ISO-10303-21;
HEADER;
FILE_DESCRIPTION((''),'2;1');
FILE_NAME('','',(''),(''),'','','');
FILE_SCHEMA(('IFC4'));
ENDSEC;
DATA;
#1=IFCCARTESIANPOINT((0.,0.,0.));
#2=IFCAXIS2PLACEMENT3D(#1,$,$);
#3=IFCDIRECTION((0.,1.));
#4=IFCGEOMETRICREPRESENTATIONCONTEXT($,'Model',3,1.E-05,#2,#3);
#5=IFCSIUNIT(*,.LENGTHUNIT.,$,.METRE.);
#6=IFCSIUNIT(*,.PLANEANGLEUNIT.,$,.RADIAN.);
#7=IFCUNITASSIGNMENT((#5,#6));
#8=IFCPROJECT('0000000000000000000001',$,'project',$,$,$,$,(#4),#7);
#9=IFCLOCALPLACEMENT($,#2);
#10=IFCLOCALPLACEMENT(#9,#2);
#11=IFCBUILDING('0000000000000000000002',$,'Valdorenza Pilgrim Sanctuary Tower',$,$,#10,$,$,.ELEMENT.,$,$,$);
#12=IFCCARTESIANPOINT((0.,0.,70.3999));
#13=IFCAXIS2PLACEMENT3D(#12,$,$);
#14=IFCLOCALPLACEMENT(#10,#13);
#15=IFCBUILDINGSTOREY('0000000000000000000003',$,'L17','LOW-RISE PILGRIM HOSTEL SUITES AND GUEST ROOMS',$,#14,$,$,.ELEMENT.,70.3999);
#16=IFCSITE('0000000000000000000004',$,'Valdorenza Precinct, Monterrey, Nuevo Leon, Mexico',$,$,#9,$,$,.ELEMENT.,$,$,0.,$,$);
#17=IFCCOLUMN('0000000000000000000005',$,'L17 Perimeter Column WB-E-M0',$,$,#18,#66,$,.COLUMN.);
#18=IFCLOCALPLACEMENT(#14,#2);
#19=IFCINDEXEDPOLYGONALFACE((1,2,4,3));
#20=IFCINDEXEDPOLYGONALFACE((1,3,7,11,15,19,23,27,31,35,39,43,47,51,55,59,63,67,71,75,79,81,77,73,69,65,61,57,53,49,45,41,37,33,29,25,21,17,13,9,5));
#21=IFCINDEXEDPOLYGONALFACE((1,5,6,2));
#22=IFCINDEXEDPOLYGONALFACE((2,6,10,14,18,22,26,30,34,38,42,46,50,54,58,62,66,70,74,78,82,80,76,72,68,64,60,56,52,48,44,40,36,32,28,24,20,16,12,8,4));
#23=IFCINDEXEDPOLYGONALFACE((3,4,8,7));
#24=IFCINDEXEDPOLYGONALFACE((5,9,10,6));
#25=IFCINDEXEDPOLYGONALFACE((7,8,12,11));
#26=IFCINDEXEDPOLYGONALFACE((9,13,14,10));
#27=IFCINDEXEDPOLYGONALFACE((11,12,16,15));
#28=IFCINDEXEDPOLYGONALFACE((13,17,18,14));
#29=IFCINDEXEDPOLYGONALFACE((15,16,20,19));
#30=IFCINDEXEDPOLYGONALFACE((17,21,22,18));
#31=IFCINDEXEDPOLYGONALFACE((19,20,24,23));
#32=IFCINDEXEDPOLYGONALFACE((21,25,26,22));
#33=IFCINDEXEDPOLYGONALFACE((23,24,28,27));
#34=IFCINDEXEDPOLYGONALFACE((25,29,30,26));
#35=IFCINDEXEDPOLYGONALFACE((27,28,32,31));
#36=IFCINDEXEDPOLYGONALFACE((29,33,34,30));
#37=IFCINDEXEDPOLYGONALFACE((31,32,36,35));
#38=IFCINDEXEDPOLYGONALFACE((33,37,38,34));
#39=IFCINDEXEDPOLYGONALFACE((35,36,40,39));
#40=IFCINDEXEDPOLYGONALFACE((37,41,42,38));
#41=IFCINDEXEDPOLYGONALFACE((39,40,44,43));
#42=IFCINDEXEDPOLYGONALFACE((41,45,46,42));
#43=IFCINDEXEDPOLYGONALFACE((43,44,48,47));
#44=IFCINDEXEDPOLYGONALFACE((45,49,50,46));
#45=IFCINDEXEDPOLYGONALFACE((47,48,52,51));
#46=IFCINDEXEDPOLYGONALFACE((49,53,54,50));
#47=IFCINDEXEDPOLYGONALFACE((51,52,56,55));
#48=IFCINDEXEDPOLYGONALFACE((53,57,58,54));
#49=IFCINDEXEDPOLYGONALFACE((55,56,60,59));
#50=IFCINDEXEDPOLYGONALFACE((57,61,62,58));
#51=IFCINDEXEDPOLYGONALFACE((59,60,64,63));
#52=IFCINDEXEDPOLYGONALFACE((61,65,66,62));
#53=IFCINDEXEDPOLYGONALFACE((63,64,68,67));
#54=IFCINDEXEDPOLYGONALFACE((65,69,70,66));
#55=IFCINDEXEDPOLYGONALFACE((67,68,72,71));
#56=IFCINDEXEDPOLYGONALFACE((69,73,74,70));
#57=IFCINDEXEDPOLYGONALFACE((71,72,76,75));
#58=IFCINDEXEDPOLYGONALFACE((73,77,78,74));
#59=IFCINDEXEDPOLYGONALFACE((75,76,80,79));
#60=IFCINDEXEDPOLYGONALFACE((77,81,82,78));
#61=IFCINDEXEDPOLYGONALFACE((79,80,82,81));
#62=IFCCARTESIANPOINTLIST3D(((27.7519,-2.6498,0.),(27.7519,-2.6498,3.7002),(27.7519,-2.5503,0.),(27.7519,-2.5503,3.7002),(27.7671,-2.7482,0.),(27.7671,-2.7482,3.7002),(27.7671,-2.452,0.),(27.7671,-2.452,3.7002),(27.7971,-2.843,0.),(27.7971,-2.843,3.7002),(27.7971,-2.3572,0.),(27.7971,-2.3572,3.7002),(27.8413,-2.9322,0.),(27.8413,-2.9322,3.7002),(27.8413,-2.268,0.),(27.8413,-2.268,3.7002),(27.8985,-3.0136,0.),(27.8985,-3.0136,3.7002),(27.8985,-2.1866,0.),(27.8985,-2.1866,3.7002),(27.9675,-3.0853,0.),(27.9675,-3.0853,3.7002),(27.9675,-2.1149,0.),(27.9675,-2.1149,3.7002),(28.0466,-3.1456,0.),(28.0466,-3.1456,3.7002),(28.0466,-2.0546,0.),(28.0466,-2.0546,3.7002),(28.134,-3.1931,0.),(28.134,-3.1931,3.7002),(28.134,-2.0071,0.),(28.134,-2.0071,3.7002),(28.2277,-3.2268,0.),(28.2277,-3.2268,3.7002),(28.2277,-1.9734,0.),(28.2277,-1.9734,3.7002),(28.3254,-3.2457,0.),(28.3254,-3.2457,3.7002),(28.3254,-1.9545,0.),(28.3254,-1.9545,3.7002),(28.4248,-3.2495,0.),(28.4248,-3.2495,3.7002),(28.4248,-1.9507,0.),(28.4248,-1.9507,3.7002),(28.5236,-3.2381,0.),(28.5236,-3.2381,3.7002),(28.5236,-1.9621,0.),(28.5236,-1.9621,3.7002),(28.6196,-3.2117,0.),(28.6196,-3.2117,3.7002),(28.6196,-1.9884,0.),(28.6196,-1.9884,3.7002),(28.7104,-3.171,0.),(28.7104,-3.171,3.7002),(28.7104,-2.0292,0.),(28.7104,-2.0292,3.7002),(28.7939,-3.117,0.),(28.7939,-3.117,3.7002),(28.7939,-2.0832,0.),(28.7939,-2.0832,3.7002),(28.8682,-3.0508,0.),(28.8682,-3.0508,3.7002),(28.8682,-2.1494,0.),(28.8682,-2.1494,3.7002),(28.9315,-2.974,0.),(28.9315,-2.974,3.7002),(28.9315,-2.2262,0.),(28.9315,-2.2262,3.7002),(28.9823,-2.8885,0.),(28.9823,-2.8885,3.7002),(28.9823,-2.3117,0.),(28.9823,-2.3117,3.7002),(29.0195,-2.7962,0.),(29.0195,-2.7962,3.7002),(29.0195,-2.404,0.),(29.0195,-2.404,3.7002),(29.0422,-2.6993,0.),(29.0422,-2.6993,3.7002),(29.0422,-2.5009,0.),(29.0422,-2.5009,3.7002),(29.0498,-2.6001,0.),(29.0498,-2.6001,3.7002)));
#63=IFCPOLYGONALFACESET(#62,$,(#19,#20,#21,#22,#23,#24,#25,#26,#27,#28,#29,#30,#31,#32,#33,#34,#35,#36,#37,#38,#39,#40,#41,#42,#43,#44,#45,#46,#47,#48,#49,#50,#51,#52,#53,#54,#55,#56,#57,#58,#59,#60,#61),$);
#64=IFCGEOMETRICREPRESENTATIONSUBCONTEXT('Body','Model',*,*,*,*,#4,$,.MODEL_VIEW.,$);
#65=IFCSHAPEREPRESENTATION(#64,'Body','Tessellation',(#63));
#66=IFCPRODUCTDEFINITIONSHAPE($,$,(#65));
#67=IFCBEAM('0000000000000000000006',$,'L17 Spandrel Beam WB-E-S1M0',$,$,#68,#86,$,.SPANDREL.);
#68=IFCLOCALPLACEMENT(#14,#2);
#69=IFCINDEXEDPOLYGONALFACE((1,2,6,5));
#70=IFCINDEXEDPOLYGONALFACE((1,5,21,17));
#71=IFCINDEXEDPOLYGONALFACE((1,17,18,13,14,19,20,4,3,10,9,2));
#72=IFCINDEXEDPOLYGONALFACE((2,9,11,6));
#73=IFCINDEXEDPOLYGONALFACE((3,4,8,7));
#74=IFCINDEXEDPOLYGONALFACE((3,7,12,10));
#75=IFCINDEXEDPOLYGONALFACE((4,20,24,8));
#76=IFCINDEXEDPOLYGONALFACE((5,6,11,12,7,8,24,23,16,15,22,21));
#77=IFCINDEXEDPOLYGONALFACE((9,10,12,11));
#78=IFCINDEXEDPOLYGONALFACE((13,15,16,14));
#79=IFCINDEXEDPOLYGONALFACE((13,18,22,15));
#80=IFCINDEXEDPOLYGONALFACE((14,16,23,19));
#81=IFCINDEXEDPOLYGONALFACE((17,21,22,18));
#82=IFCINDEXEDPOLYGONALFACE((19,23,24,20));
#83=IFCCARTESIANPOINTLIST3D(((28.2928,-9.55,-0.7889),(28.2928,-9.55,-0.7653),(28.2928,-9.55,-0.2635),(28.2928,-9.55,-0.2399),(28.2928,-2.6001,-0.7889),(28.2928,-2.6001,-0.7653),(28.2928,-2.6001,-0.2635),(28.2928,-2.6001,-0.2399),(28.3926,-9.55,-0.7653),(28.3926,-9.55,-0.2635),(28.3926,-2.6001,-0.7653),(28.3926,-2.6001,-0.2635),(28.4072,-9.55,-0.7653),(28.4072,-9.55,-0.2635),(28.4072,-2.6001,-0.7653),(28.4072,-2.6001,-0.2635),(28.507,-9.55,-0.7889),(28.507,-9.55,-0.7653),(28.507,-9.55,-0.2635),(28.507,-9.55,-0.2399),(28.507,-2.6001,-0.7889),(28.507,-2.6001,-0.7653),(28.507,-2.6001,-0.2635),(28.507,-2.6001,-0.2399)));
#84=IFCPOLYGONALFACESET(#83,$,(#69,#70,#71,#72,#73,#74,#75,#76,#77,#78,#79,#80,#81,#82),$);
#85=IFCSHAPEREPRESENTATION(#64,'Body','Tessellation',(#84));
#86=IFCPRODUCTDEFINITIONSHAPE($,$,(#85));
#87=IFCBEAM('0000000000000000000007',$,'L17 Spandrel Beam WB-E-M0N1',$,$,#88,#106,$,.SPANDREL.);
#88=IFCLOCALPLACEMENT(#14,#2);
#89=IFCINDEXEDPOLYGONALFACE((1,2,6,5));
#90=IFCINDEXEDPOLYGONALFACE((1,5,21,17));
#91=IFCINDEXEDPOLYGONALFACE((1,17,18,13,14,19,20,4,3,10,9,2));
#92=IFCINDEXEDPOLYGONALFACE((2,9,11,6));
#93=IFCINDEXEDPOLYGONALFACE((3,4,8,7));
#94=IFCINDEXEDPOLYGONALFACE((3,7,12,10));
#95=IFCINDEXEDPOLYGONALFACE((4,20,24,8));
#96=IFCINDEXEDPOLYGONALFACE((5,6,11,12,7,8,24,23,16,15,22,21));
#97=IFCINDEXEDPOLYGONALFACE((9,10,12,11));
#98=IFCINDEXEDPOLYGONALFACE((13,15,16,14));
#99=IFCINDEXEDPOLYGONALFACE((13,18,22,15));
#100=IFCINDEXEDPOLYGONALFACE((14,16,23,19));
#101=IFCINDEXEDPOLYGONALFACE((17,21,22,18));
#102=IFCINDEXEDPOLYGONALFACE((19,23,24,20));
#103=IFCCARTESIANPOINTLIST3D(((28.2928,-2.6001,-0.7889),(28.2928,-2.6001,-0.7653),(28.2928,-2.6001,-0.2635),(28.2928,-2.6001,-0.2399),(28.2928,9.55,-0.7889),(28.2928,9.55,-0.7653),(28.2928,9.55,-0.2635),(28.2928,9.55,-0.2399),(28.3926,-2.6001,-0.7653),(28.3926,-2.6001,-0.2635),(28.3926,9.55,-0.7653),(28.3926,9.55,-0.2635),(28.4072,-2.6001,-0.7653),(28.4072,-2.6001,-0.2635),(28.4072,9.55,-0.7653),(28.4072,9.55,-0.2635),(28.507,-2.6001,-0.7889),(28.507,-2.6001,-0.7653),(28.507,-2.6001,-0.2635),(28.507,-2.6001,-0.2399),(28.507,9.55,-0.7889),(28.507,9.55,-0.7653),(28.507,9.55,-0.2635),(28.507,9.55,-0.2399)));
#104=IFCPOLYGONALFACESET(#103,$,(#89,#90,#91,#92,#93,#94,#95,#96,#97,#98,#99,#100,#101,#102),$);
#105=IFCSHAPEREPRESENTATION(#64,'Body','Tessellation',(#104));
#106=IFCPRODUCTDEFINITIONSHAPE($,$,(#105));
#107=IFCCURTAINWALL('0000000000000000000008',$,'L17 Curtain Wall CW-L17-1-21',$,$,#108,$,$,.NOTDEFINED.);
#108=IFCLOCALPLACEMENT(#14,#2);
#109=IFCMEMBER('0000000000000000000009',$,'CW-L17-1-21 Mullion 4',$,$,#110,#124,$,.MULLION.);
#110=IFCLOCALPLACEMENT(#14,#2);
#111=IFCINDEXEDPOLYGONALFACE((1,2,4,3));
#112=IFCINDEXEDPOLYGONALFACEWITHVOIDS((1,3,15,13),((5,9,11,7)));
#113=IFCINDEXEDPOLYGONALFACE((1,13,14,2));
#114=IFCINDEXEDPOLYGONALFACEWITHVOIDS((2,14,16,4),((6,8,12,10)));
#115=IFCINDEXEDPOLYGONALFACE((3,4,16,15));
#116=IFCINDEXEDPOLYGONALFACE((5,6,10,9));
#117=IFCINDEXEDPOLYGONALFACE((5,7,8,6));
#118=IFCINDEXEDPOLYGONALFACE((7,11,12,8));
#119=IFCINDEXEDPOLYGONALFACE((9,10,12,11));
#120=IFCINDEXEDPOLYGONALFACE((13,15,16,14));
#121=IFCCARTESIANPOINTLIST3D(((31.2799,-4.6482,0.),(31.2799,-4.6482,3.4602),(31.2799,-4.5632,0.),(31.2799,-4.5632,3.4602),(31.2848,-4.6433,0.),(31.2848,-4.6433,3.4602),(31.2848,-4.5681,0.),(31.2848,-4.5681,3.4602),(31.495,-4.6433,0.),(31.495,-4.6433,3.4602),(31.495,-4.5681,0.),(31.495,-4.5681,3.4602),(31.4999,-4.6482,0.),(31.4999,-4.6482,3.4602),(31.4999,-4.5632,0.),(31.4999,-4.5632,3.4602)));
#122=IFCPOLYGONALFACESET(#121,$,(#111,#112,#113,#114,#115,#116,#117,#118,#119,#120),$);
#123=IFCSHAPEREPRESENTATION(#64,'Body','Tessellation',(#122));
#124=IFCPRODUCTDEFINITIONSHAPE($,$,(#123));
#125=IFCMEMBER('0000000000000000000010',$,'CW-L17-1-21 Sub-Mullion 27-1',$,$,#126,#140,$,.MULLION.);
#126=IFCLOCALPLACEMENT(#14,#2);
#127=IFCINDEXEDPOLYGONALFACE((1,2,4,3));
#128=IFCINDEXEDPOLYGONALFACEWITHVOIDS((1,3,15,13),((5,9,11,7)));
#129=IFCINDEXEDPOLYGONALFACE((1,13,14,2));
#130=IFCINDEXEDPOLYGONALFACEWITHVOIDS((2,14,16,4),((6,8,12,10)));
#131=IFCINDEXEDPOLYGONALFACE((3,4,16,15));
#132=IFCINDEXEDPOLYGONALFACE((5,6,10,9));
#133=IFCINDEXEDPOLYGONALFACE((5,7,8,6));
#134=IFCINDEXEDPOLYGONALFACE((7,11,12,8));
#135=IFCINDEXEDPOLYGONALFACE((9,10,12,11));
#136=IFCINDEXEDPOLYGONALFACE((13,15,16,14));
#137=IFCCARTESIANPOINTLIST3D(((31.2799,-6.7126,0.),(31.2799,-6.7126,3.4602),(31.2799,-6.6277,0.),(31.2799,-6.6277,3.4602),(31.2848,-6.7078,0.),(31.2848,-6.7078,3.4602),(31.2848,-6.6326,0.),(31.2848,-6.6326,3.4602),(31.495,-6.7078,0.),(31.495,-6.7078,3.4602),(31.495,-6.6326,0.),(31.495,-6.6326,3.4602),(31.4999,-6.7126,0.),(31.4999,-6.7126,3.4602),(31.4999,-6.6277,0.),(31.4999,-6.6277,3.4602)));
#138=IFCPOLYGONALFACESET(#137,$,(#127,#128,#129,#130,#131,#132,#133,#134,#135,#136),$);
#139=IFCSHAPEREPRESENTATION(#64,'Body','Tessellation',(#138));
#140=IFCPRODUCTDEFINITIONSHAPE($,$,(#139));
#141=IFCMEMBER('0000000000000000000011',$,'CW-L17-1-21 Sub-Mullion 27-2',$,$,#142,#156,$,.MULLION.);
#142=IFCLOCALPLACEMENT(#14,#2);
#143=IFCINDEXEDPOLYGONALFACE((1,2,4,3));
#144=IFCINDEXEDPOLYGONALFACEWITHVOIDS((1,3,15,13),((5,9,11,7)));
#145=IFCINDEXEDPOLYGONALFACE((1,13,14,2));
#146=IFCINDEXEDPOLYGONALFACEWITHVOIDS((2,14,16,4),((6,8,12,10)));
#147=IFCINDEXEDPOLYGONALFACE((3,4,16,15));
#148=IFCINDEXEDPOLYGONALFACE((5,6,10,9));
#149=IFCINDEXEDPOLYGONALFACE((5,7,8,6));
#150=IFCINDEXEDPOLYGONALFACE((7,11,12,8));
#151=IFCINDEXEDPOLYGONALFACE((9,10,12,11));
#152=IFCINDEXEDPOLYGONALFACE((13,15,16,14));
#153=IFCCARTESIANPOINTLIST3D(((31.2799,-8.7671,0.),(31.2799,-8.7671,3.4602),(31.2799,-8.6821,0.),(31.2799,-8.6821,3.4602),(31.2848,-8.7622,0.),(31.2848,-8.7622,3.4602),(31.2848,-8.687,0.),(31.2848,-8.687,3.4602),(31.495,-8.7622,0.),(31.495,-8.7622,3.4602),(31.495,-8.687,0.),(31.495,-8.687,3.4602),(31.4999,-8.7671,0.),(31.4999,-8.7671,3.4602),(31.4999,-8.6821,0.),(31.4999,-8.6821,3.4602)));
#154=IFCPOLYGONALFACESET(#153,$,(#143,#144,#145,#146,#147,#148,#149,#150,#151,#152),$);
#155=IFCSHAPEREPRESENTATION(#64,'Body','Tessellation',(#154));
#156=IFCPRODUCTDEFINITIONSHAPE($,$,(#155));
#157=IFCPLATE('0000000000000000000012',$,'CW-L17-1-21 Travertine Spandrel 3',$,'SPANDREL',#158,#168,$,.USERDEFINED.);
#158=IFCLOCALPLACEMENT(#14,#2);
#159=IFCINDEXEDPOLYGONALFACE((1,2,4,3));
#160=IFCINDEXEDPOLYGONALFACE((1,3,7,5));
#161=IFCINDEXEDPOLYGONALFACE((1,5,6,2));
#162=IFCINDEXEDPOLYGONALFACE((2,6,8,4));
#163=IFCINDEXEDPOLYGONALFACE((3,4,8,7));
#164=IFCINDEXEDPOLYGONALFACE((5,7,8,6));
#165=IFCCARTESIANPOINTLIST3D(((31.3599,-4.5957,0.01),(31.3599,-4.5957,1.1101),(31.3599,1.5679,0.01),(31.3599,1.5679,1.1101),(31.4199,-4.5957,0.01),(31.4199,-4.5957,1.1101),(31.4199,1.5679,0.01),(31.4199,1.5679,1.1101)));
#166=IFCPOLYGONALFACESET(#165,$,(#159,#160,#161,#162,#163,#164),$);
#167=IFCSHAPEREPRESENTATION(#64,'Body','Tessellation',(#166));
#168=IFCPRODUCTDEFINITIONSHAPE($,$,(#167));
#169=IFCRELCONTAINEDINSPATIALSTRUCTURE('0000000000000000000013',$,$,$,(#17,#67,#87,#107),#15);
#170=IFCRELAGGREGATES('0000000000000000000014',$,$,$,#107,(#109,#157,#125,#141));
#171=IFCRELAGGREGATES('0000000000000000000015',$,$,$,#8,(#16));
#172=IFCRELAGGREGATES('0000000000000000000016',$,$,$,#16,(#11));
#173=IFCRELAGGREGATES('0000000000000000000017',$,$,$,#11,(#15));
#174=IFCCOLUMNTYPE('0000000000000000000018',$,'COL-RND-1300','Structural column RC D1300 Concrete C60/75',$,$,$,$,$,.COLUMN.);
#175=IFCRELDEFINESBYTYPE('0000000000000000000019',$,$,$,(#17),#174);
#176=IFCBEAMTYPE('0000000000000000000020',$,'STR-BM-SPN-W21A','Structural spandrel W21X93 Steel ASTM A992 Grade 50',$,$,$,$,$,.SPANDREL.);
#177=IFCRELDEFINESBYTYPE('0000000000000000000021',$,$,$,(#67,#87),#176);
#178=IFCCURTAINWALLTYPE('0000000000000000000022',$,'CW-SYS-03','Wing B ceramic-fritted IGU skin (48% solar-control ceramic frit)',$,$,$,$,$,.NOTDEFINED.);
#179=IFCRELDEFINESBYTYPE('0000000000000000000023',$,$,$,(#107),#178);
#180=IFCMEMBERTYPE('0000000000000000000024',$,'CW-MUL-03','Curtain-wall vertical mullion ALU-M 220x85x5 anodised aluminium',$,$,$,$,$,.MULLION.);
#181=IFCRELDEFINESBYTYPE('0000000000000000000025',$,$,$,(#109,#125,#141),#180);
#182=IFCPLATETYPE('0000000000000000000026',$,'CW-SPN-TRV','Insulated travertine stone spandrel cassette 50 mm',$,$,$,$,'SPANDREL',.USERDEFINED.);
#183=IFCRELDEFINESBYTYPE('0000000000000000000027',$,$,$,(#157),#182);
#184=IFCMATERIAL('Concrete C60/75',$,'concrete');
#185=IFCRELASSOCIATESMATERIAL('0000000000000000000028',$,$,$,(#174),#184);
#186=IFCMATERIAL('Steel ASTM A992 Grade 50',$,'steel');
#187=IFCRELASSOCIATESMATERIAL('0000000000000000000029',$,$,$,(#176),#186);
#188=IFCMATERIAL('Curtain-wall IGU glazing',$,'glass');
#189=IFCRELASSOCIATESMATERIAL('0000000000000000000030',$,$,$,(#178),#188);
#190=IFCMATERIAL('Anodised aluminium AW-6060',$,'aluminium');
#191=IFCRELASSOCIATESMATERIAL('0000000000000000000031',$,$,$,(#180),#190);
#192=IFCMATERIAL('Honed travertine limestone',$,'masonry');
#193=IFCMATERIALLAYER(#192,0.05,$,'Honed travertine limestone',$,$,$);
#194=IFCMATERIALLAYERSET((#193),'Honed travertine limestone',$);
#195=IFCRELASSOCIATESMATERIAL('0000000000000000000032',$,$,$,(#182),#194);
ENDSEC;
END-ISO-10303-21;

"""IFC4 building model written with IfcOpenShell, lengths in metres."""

from ifc_helpers import new_model, si_unit, direction, frame, origin, origin_2d, place, context, subcontext, project, spatial, rectangle, hollow_rectangle, circle, i_section, extrude, source, transform, mapped, material, layer, layer_set, material_profile, profile_set, type_object, element, aggregate, save


model = new_model("IFC4")

# Units and contexts
model_context = context("Model", 3, precision=1e-05, world=origin(), true_north=direction((0.0, 1.0)))
body_context = subcontext(model_context, "Body", "Model", "MODEL_VIEW")
ifc_project = project(units=[si_unit("LENGTHUNIT", "METRE"), si_unit("PLANEANGLEUNIT", "RADIAN")], contexts=[model_context])

# Site, building, storey
site_placement = place(None, origin())
site = spatial("IfcSite", under=ifc_project, at=site_placement, Name="Valdorenza Precinct, Monterrey, Nuevo Leon, Mexico", CompositionType="ELEMENT", RefElevation=0.0)
building_placement = place(site_placement, origin())
building = spatial("IfcBuilding", under=site, at=building_placement, Name="Valdorenza Pilgrim Sanctuary Tower", CompositionType="ELEMENT")
storey_placement = place(building_placement, frame((0.0, 0.0, 70.3999)))
storey = spatial("IfcBuildingStorey", under=building, at=storey_placement, Name="L17", Description="LOW-RISE PILGRIM HOSTEL SUITES AND GUEST ROOMS", CompositionType="ELEMENT", Elevation=70.3999)

# Column
ifc_material_1 = material(Name="Concrete C60/75", Category="concrete")
ifc_material_profile_1 = material_profile(ifc_material_1, circle(Radius=0.6499, at=origin_2d()), Name="RC D1300")
ifc_profile_set_1 = profile_set([ifc_material_profile_1], Name="Concrete C60/75")
column_type = type_object("IfcColumnType", Name="COL-RND-1300", Description="Structural column RC D1300 Concrete C60/75", PredefinedType="COLUMN", material=ifc_profile_set_1)
shared_shape_1 = source(origin(), body_context, "Body", "SweptSolid", [
    extrude(circle(Radius=0.6499, at=origin_2d()), origin(), (0.0, 0.0, 1.0), 3.7002),
])
column_placement = place(storey_placement, frame((28.3999, -2.6001, 0.0), z_axis=(0.0, 0.0, 1.0), x_axis=(1.0, 0.0, 0.0)))
element("IfcColumn", 1, at=column_placement, inside=storey, type_object=column_type, Name="L17 Perimeter Column WB-E-M0", PredefinedType="COLUMN", context=body_context, shape_type="MappedRepresentation", body=[
    mapped(shared_shape_1, transform((0.0, 0.0, 0.0), x_axis=(1.0, 0.0, 0.0), y_axis=(0.0, 1.0, 0.0), z_axis=(0.0, 0.0, 1.0), scale=1.0)),
])

# Beams
ifc_material_2 = material(Name="Steel ASTM A992 Grade 50", Category="steel")
ifc_material_profile_2 = material_profile(ifc_material_2, i_section(OverallWidth=0.2141, OverallDepth=0.5491, WebThickness=0.0146, FlangeThickness=0.0237, at=origin_2d()), Name="W21X93")
ifc_profile_set_2 = profile_set([ifc_material_profile_2], Name="Steel ASTM A992 Grade 50")
beam_type = type_object("IfcBeamType", Name="STR-BM-SPN-W21A", Description="Structural spandrel W21X93 Steel ASTM A992 Grade 50", PredefinedType="SPANDREL", material=ifc_profile_set_2)
shared_shape_2 = source(origin(), body_context, "Body", "SweptSolid", [
    extrude(i_section(OverallWidth=0.2141, OverallDepth=0.5491, WebThickness=0.0146, FlangeThickness=0.0237, at=origin_2d()), origin(), (0.0, 0.0, 1.0), 6.95),
])
beam_1_placement = place(storey_placement, frame((28.3999, -9.55, -0.5144), z_axis=(0.0, 1.0, 0.0), x_axis=(-1.0, 0.0, 0.0)))
element("IfcBeam", 2, at=beam_1_placement, inside=storey, type_object=beam_type, Name="L17 Spandrel Beam WB-E-S1M0", PredefinedType="SPANDREL", context=body_context, shape_type="MappedRepresentation", body=[
    mapped(shared_shape_2, transform((0.0, 0.0, 0.0), x_axis=(1.0, 0.0, 0.0), y_axis=(0.0, 1.0, 0.0), z_axis=(0.0, 0.0, 1.0), scale=1.0)),
])
shared_shape_3 = source(origin(), body_context, "Body", "SweptSolid", [
    extrude(i_section(OverallWidth=0.2141, OverallDepth=0.5491, WebThickness=0.0146, FlangeThickness=0.0237, at=origin_2d()), origin(), (0.0, 0.0, 1.0), 12.1501),
])
beam_2_placement = place(storey_placement, frame((28.3999, -2.6001, -0.5144), z_axis=(0.0, 1.0, 0.0), x_axis=(-1.0, 0.0, 0.0)))
element("IfcBeam", 3, at=beam_2_placement, inside=storey, type_object=beam_type, Name="L17 Spandrel Beam WB-E-M0N1", PredefinedType="SPANDREL", context=body_context, shape_type="MappedRepresentation", body=[
    mapped(shared_shape_3, transform((0.0, 0.0, 0.0), x_axis=(1.0, 0.0, 0.0), y_axis=(0.0, 1.0, 0.0), z_axis=(0.0, 0.0, 1.0), scale=1.0)),
])

# Curtain wall, members, plate
ifc_material_3 = material(Name="Curtain-wall IGU glazing", Category="glass")
curtain_wall_type = type_object("IfcCurtainWallType", Name="CW-SYS-03", Description="Wing B ceramic-fritted IGU skin (48% solar-control ceramic frit)", PredefinedType="NOTDEFINED", material=ifc_material_3)
curtain_wall_placement = place(storey_placement, origin())
curtain_wall = element("IfcCurtainWall", 4, at=curtain_wall_placement, inside=storey, type_object=curtain_wall_type, Name="L17 Curtain Wall CW-L17-1-21", PredefinedType="NOTDEFINED")
ifc_material_4 = material(Name="Anodised aluminium AW-6060", Category="aluminium")
ifc_material_profile_3 = material_profile(ifc_material_4, hollow_rectangle(XDim=0.085, YDim=0.22, WallThickness=0.0049, at=origin_2d()), Name="ALU-M 220x85x5")
ifc_profile_set_3 = profile_set([ifc_material_profile_3], Name="Anodised aluminium AW-6060")
member_type = type_object("IfcMemberType", Name="CW-MUL-03", Description="Curtain-wall vertical mullion ALU-M 220x85x5 anodised aluminium", PredefinedType="MULLION", material=ifc_profile_set_3)
shared_shape_4 = source(origin(), body_context, "Body", "SweptSolid", [
    extrude(hollow_rectangle(XDim=0.085, YDim=0.22, WallThickness=0.0049, at=origin_2d()), origin(), (0.0, 0.0, 1.0), 3.4602),
])
member_1_placement = place(storey_placement, frame((31.3899, -4.6057, 0.0), z_axis=(0.0, 0.0, 1.0), x_axis=(0.0, -1.0, 0.0)))
member_1 = element("IfcMember", 5, at=member_1_placement, type_object=member_type, Name="CW-L17-1-21 Mullion 4", PredefinedType="MULLION", context=body_context, shape_type="MappedRepresentation", body=[
    mapped(shared_shape_4, transform((0.0, 0.0, 0.0), x_axis=(1.0, 0.0, 0.0), y_axis=(0.0, 1.0, 0.0), z_axis=(0.0, 0.0, 1.0), scale=1.0)),
])
member_2_placement = place(storey_placement, frame((31.3899, -6.6702, 0.0), z_axis=(0.0, 0.0, 1.0), x_axis=(0.0, -1.0, 0.0)))
member_2 = element("IfcMember", 6, at=member_2_placement, type_object=member_type, Name="CW-L17-1-21 Sub-Mullion 27-1", PredefinedType="MULLION", context=body_context, shape_type="MappedRepresentation", body=[
    mapped(shared_shape_4, transform((0.0, 0.0, 0.0), x_axis=(1.0, 0.0, 0.0), y_axis=(0.0, 1.0, 0.0), z_axis=(0.0, 0.0, 1.0), scale=1.0)),
])
member_3_placement = place(storey_placement, frame((31.3899, -8.7246, 0.0), z_axis=(0.0, 0.0, 1.0), x_axis=(0.0, -1.0, 0.0)))
member_3 = element("IfcMember", 7, at=member_3_placement, type_object=member_type, Name="CW-L17-1-21 Sub-Mullion 27-2", PredefinedType="MULLION", context=body_context, shape_type="MappedRepresentation", body=[
    mapped(shared_shape_4, transform((0.0, 0.0, 0.0), x_axis=(1.0, 0.0, 0.0), y_axis=(0.0, 1.0, 0.0), z_axis=(0.0, 0.0, 1.0), scale=1.0)),
])
ifc_material_5 = material(Name="Honed travertine limestone", Category="masonry")
ifc_layer_1 = layer(ifc_material_5, 0.05, Name="Honed travertine limestone")
ifc_layer_set_1 = layer_set([ifc_layer_1], Name="Honed travertine limestone")
plate_type_1 = type_object("IfcPlateType", Name="CW-SPN-TRV", Description="Insulated travertine stone spandrel cassette 50 mm", ElementType="SPANDREL", PredefinedType="USERDEFINED", material=ifc_layer_set_1)
shared_shape_5 = source(origin(), body_context, "Body", "SweptSolid", [
    extrude(rectangle(XDim=6.1636, YDim=0.0601, at=origin_2d()), origin(), (0.0, 0.0, 1.0), 1.1001),
])
plate_1_placement = place(storey_placement, frame((31.3899, -1.5139, 0.01), z_axis=(0.0, 0.0, 1.0), x_axis=(0.0, -1.0, 0.0)))
plate_1 = element("IfcPlate", 8, at=plate_1_placement, type_object=plate_type_1, Name="CW-L17-1-21 Travertine Spandrel 3", ObjectType="SPANDREL", PredefinedType="USERDEFINED", context=body_context, shape_type="MappedRepresentation", body=[
    mapped(shared_shape_5, transform((0.0, 0.0, 0.0), x_axis=(1.0, 0.0, 0.0), y_axis=(0.0, 1.0, 0.0), z_axis=(0.0, 0.0, 1.0), scale=1.0)),
])
aggregate(curtain_wall, [member_1, plate_1, member_2, member_3])

save(model, "model.ifc")
